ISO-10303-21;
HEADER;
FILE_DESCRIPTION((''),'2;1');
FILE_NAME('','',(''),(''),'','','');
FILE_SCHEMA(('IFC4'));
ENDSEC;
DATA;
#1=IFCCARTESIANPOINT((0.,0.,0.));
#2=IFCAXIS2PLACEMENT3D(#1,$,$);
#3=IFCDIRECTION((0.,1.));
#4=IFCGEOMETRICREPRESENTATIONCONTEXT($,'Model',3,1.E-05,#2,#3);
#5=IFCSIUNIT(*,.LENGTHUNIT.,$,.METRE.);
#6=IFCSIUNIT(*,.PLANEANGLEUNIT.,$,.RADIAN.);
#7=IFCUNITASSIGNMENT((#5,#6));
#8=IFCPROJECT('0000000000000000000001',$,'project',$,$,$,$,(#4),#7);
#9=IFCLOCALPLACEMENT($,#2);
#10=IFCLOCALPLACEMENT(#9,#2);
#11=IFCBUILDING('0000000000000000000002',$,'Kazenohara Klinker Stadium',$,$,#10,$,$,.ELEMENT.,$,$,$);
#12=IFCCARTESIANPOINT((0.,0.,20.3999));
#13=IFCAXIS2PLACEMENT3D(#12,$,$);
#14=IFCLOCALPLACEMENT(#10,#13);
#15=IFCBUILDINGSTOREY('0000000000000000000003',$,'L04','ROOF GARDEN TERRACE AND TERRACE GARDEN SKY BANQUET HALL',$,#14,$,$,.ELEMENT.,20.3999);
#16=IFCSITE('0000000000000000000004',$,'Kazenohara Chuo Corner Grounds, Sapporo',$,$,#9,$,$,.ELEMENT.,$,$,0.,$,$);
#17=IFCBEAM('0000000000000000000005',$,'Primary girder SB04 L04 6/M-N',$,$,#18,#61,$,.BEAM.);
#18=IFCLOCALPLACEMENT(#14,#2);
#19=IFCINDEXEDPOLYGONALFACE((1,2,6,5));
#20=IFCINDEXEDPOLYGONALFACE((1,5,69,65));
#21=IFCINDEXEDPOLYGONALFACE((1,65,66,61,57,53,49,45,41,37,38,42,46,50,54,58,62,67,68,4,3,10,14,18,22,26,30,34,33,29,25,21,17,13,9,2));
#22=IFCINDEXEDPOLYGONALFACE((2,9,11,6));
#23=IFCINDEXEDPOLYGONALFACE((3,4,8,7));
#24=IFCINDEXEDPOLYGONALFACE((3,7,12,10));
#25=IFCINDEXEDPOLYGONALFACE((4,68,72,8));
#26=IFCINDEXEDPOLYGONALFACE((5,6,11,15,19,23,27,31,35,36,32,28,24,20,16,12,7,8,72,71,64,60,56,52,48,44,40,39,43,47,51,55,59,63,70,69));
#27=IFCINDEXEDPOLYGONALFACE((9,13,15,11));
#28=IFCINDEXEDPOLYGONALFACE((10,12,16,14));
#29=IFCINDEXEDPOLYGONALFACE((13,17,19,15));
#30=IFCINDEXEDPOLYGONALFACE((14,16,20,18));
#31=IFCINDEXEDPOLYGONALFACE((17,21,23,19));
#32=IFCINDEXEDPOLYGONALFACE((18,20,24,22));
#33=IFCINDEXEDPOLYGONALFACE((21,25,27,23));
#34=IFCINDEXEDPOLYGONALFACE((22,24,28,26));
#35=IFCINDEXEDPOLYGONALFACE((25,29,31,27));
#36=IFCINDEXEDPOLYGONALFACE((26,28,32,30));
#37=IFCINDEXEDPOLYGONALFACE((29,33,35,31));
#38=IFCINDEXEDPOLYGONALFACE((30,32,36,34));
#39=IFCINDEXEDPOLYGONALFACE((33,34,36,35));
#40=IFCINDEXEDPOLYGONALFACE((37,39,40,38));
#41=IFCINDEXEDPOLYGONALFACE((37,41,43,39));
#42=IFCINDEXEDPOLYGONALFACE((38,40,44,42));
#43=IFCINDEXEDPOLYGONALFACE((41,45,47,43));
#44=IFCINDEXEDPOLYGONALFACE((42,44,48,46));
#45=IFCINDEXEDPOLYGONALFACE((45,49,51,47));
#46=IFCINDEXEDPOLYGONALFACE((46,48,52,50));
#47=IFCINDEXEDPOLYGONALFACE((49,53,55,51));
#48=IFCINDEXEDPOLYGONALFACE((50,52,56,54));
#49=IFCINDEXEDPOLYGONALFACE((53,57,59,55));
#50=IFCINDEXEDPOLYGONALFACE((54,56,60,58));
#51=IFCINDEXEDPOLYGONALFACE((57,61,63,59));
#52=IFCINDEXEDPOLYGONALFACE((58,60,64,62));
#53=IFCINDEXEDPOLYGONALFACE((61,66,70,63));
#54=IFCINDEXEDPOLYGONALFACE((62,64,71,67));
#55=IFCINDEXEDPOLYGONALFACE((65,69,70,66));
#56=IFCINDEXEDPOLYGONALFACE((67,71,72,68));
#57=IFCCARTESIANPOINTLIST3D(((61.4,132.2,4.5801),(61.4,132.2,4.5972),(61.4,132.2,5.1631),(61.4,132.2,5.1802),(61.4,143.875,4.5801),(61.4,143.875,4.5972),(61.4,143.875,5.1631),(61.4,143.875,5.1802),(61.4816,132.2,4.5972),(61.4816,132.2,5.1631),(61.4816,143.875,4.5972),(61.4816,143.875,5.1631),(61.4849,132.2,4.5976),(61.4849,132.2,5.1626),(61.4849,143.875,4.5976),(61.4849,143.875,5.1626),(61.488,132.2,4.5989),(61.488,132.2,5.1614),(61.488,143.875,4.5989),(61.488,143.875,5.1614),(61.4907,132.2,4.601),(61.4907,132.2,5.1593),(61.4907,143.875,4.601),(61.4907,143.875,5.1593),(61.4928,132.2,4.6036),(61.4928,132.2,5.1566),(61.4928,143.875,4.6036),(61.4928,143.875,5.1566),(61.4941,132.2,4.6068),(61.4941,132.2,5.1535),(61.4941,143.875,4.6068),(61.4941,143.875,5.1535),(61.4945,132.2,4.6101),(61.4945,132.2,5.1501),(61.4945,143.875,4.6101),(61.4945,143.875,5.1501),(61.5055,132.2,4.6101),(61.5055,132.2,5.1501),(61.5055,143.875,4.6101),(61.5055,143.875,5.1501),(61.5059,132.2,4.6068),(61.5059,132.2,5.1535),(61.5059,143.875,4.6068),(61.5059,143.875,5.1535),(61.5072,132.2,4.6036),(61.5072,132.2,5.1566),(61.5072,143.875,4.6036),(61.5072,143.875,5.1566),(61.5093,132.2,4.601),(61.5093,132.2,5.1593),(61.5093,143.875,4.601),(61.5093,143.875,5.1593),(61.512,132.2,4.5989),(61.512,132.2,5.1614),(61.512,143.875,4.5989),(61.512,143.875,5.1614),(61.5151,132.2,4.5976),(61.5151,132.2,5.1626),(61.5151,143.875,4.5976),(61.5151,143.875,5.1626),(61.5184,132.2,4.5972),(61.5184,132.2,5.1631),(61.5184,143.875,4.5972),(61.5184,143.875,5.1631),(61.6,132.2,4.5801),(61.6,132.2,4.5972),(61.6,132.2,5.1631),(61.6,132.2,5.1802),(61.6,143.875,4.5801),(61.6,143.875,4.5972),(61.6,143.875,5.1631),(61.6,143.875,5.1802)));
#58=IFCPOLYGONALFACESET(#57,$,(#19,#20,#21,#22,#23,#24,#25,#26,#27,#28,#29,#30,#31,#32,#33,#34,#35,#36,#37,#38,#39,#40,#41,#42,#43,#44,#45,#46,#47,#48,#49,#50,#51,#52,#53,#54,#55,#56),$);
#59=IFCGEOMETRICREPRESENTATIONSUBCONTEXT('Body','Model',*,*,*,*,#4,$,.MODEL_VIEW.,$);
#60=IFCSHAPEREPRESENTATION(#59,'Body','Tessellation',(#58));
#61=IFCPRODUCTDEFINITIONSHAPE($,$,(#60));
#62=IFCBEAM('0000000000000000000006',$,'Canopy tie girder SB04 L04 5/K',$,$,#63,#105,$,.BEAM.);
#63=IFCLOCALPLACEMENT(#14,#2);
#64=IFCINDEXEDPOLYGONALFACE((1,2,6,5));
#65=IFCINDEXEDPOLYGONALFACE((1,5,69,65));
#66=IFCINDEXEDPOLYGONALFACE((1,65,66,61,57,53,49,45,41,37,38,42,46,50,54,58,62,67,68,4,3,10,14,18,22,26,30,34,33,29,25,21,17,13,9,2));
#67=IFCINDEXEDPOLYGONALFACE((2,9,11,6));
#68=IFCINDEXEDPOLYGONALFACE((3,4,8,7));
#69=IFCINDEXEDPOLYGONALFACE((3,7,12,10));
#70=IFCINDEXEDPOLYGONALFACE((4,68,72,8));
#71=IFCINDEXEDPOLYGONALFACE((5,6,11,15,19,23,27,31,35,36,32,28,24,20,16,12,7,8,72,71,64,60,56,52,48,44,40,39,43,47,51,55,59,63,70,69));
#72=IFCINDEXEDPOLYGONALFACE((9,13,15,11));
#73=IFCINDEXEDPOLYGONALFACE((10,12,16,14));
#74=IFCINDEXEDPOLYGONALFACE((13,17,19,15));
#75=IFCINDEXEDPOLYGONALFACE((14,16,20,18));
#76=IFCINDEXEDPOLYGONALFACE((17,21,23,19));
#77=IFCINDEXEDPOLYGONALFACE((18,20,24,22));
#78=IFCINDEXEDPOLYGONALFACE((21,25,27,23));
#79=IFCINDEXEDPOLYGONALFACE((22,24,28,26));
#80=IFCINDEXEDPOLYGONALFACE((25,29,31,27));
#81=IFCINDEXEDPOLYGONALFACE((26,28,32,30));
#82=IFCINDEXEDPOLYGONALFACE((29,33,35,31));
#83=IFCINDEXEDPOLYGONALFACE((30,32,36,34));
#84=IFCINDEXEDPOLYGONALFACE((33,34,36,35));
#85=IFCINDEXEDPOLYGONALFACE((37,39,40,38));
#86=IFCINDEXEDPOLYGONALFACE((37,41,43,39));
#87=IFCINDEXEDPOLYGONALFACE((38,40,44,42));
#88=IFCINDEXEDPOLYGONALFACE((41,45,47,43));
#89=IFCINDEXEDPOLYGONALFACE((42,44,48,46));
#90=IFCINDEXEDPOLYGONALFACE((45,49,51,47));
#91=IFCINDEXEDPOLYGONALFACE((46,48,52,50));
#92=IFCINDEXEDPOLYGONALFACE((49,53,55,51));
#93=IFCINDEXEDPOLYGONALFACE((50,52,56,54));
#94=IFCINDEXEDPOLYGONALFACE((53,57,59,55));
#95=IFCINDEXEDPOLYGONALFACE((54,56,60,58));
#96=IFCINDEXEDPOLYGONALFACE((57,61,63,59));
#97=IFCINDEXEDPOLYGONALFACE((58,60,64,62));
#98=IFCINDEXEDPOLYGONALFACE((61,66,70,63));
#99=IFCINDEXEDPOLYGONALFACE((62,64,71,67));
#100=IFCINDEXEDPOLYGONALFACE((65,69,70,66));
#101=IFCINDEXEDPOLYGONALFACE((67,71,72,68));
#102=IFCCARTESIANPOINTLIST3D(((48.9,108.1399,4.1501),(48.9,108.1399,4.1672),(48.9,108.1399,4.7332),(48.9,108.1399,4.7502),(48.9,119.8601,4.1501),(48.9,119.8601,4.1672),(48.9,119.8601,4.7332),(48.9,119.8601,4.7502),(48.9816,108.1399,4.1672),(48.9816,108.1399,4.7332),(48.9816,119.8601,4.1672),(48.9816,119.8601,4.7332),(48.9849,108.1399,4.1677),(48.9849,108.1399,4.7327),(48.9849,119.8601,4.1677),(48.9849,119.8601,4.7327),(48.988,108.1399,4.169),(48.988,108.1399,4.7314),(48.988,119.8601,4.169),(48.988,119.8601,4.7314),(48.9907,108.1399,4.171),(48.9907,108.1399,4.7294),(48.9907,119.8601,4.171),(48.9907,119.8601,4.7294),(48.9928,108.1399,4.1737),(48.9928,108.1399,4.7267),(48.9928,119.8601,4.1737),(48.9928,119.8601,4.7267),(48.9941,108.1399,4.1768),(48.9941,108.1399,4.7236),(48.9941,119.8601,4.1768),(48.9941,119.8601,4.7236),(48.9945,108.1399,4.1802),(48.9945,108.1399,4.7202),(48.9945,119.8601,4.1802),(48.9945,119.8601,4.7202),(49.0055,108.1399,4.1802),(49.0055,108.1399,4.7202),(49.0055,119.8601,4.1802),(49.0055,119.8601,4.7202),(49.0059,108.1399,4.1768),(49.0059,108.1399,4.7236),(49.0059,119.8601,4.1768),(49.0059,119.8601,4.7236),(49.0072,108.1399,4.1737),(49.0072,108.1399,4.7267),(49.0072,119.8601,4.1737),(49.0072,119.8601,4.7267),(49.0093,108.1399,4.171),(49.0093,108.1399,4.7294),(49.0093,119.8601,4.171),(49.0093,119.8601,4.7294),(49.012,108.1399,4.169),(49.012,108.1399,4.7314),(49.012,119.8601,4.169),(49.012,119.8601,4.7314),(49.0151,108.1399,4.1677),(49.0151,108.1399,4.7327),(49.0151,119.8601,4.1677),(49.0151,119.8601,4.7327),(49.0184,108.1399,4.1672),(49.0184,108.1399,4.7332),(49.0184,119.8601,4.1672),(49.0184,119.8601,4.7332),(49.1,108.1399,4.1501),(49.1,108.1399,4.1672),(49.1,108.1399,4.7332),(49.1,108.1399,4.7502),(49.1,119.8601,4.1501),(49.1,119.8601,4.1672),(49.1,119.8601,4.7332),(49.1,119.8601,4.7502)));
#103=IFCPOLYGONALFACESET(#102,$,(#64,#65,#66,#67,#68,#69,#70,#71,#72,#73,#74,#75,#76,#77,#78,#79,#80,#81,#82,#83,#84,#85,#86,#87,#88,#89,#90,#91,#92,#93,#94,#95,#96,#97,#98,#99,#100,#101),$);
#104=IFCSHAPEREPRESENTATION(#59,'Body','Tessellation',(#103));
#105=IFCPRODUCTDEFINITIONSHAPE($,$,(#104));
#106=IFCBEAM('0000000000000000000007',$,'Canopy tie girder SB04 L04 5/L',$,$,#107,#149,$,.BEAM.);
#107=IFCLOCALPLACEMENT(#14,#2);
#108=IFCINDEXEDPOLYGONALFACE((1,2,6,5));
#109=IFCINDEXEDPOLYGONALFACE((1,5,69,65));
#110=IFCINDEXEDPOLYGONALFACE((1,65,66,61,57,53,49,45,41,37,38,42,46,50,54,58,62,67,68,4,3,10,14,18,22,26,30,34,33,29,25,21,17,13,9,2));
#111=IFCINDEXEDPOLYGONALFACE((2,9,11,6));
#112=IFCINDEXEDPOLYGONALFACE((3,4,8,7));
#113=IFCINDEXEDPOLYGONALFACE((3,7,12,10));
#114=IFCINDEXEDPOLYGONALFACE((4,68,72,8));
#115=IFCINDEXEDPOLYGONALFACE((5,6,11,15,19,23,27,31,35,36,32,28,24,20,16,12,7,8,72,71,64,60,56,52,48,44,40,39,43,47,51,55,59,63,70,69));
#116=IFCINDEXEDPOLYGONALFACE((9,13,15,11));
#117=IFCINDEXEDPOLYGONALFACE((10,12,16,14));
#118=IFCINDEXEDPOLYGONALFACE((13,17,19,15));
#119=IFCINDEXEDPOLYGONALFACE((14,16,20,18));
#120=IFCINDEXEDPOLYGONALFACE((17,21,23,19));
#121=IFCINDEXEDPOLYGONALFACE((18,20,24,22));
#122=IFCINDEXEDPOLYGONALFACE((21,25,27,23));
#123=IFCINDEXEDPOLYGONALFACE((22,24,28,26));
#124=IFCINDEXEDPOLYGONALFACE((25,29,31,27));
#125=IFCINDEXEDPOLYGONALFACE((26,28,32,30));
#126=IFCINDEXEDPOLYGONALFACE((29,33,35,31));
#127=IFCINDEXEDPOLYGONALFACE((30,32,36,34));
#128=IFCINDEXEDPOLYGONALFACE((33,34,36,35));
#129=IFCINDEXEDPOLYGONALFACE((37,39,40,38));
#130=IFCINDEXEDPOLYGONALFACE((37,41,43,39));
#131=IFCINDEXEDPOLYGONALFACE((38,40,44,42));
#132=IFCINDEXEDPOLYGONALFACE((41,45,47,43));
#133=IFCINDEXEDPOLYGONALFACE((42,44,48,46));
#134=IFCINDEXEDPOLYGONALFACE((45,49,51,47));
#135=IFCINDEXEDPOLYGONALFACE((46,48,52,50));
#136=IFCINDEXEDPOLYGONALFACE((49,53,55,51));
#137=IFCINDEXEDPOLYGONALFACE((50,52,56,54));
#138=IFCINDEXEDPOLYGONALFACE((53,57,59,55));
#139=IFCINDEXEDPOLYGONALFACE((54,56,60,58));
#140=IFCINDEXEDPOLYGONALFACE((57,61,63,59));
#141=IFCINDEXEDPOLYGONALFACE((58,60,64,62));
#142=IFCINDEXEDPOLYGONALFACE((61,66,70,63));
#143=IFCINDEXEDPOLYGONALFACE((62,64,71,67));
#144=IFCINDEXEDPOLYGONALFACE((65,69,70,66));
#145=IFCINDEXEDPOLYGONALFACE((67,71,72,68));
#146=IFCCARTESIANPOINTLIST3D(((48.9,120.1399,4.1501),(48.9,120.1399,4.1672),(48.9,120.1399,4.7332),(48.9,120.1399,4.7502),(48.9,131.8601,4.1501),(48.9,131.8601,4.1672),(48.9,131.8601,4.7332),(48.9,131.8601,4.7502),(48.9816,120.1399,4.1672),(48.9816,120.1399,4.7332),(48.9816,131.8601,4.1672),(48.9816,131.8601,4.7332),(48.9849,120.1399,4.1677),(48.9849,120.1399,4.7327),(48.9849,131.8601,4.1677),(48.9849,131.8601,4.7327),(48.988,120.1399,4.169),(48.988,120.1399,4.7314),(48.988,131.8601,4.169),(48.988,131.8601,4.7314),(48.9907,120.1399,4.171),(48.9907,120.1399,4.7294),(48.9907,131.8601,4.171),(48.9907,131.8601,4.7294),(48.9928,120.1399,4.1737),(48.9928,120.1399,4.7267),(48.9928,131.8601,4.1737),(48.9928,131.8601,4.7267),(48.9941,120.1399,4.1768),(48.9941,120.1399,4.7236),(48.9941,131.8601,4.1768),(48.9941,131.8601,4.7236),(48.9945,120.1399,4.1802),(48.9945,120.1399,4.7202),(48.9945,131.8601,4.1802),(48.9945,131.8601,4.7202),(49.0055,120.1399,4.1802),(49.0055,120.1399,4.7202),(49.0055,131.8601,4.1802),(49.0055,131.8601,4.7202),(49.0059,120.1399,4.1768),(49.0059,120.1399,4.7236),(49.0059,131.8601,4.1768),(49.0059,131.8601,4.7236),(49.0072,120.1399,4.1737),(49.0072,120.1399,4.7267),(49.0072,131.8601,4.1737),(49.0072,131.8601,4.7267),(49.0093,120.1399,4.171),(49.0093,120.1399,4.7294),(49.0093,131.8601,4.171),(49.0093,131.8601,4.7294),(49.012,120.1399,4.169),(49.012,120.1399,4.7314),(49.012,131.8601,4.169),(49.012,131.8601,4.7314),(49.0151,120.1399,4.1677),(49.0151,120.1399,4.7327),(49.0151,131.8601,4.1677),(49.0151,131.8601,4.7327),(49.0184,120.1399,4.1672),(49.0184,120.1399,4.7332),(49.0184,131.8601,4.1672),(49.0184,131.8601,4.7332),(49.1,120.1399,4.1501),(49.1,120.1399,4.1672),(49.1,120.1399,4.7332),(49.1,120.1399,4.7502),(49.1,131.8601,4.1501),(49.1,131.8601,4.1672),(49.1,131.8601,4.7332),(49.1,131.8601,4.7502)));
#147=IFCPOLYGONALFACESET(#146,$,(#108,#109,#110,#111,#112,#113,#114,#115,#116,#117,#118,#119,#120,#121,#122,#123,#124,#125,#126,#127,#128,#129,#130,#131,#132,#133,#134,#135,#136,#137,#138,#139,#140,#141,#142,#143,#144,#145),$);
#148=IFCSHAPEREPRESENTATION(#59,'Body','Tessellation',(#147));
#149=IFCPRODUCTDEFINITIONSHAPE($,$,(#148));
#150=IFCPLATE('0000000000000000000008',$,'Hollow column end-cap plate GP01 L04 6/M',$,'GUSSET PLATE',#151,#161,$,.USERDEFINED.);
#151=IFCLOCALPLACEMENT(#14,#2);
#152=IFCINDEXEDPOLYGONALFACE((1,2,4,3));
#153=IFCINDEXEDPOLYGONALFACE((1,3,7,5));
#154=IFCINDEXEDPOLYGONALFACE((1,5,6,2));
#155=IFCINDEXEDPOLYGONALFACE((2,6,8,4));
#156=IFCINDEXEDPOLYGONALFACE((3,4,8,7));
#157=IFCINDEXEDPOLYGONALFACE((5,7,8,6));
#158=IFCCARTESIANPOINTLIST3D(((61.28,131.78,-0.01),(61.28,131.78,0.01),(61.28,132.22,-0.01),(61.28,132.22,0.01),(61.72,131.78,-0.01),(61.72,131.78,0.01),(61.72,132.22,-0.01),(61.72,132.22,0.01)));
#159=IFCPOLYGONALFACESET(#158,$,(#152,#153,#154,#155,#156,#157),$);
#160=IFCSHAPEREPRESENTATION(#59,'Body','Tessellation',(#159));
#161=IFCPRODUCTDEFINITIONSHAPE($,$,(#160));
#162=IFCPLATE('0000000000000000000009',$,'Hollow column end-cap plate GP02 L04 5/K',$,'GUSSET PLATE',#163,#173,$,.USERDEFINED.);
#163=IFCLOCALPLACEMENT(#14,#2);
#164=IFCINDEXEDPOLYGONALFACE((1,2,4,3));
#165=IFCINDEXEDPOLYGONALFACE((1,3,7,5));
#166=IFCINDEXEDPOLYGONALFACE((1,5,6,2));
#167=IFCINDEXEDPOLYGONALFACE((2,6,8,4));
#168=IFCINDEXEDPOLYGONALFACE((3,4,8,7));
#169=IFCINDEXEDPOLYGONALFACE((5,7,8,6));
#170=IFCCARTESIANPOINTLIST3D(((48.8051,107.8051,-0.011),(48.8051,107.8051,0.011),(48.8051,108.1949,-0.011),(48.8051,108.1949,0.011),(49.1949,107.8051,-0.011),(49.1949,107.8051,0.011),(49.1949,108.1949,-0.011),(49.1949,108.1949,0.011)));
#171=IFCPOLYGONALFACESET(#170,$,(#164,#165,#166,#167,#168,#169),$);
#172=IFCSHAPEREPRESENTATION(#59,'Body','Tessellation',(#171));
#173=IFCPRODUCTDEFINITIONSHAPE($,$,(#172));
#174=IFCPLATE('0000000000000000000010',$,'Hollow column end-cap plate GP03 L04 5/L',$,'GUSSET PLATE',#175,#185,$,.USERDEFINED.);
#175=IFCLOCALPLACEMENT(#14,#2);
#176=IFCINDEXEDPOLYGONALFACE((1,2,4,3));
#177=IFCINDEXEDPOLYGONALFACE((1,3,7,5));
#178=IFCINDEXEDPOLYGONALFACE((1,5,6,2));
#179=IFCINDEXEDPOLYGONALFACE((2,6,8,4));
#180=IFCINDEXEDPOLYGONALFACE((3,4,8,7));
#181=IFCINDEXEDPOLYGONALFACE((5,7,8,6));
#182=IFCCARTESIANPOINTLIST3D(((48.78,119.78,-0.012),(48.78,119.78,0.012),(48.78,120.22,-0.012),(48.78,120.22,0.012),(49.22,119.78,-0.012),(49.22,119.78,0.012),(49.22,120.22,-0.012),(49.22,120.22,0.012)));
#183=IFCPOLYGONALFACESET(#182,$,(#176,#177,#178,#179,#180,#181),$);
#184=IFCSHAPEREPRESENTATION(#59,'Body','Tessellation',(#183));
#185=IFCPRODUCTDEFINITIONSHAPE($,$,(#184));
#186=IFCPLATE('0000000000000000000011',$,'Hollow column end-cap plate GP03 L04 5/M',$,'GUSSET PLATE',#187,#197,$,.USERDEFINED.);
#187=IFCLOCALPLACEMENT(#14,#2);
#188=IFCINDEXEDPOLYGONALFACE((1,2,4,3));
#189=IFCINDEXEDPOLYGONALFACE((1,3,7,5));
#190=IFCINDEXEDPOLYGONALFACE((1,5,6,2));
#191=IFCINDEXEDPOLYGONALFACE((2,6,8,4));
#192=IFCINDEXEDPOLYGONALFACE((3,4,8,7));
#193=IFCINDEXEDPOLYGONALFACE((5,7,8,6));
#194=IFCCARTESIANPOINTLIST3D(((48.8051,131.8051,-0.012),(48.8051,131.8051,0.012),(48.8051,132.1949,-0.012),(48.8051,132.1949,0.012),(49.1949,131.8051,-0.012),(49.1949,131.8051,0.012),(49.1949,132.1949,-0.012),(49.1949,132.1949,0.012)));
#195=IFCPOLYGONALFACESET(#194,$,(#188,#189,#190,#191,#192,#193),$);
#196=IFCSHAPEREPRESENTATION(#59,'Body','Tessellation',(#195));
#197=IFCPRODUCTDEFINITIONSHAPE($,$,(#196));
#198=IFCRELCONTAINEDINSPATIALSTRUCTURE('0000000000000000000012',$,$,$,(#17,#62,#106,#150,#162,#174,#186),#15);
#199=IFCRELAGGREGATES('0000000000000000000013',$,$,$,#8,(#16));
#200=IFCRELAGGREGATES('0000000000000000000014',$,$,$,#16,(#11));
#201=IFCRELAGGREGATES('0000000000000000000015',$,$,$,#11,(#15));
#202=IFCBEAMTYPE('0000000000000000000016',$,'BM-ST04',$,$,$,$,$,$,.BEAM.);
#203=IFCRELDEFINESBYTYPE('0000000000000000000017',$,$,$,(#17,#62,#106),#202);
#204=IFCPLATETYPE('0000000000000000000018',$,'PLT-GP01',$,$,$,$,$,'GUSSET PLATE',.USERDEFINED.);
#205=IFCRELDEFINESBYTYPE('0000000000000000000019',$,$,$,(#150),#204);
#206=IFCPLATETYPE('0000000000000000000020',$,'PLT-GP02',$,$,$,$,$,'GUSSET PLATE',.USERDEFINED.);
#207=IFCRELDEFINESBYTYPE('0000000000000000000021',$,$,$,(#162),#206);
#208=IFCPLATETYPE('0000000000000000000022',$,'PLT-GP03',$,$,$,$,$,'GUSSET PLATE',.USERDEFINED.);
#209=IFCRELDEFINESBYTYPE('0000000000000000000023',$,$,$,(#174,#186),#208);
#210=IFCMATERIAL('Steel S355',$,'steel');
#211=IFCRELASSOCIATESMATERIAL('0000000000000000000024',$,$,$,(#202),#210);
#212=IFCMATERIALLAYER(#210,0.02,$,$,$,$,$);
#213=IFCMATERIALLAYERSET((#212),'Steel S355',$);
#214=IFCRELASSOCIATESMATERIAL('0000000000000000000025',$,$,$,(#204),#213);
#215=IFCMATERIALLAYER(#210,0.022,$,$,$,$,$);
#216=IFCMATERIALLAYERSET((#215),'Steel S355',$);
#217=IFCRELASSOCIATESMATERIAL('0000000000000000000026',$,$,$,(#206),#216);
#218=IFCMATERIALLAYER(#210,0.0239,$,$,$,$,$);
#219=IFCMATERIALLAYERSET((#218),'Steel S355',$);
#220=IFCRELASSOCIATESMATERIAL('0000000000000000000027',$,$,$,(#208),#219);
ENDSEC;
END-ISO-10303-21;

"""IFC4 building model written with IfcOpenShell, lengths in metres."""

from ifc_helpers import new_model, si_unit, direction, frame, origin, origin_2d, place, context, subcontext, project, spatial, rectangle, i_section, extrude, material, layer, layer_set, material_profile, profile_set, type_object, element, save


model = new_model("IFC4")

# Units and contexts
model_context = context("Model", 3, precision=1e-05, world=origin(), true_north=direction((0.0, 1.0)))
body_context = subcontext(model_context, "Body", "Model", "MODEL_VIEW")
ifc_project = project(units=[si_unit("LENGTHUNIT", "METRE"), si_unit("PLANEANGLEUNIT", "RADIAN")], contexts=[model_context])

# Site, building, storey
site_placement = place(None, origin())
site = spatial("IfcSite", under=ifc_project, at=site_placement, Name="Kazenohara Chuo Corner Grounds, Sapporo", CompositionType="ELEMENT", RefElevation=0.0)
building_placement = place(site_placement, origin())
building = spatial("IfcBuilding", under=site, at=building_placement, Name="Kazenohara Klinker Stadium", CompositionType="ELEMENT")
storey_placement = place(building_placement, frame((0.0, 0.0, 20.3999)))
storey = spatial("IfcBuildingStorey", under=building, at=storey_placement, Name="L04", Description="ROOF GARDEN TERRACE AND TERRACE GARDEN SKY BANQUET HALL", CompositionType="ELEMENT", Elevation=20.3999)

# Shared definitions
ifc_material_1 = material(Name="Steel S355", Category="steel")

# Beams
ifc_material_profile_1 = material_profile(ifc_material_1, i_section(OverallWidth=0.2, OverallDepth=0.6001, WebThickness=0.011, FlangeThickness=0.0171, FilletRadius=0.0129, at=origin_2d()), Name="H-600x200x11x17")
ifc_profile_set_1 = profile_set([ifc_material_profile_1], Name="Steel S355")
beam_type_1 = type_object("IfcBeamType", Name="BM-ST04", PredefinedType="BEAM", material=ifc_profile_set_1)
beam_1_placement = place(storey_placement, frame((61.5, 132.2, 4.8801), z_axis=(0.0, 1.0, 0.0), x_axis=(-1.0, 0.0, 0.0)))
element("IfcBeam", 1, at=beam_1_placement, inside=storey, type_object=beam_type_1, Name="Primary girder SB04 L04 6/M-N", PredefinedType="BEAM", context=body_context, shape_type="SweptSolid", body=[
    extrude(i_section(OverallWidth=0.2, OverallDepth=0.6001, WebThickness=0.011, FlangeThickness=0.0171, FilletRadius=0.0129, at=origin_2d()), origin(), (0.0, 0.0, 1.0), 11.675),
])
for number, where, z_axis, x_axis, name in (
    (2, (49.0, 108.1399, 4.4502), (0.0, 1.0, 0.0), (-1.0, 0.0, 0.0), "Canopy tie girder SB04 L04 5/K"),
    (3, (49.0, 120.1399, 4.4502), (0.0, 1.0, 0.0), (-1.0, 0.0, 0.0), "Canopy tie girder SB04 L04 5/L"),
):
    element("IfcBeam", number, at=place(storey_placement, frame(where, z_axis=z_axis, x_axis=x_axis)), inside=storey, type_object=beam_type_1, Name=name, PredefinedType="BEAM", context=body_context, shape_type="SweptSolid", body=[
        extrude(i_section(OverallWidth=0.2, OverallDepth=0.6001, WebThickness=0.011, FlangeThickness=0.0171, FilletRadius=0.0129, at=origin_2d()), origin(), (0.0, 0.0, 1.0), 11.7202),
    ])

# Plates
ifc_layer_1 = layer(ifc_material_1, 0.02)
ifc_layer_set_1 = layer_set([ifc_layer_1], Name="Steel S355")
plate_type_1 = type_object("IfcPlateType", Name="PLT-GP01", ElementType="GUSSET PLATE", PredefinedType="USERDEFINED", material=ifc_layer_set_1)
plate_1_placement = place(storey_placement, frame((61.5, 132.0, -0.01), z_axis=(0.0, 0.0, 1.0), x_axis=(1.0, 0.0, 0.0)))
element("IfcPlate", 4, at=plate_1_placement, inside=storey, type_object=plate_type_1, Name="Hollow column end-cap plate GP01 L04 6/M", ObjectType="GUSSET PLATE", PredefinedType="USERDEFINED", context=body_context, shape_type="SweptSolid", body=[
    extrude(rectangle(XDim=0.4399, YDim=0.4399, at=origin_2d()), origin(), (0.0, 0.0, 1.0), 0.02),
])
ifc_layer_2 = layer(ifc_material_1, 0.022)
ifc_layer_set_2 = layer_set([ifc_layer_2], Name="Steel S355")
plate_type_2 = type_object("IfcPlateType", Name="PLT-GP02", ElementType="GUSSET PLATE", PredefinedType="USERDEFINED", material=ifc_layer_set_2)
plate_2_placement = place(storey_placement, frame((49.0, 108.0, -0.011), z_axis=(0.0, 0.0, 1.0), x_axis=(1.0, 0.0, 0.0)))
element("IfcPlate", 5, at=plate_2_placement, inside=storey, type_object=plate_type_2, Name="Hollow column end-cap plate GP02 L04 5/K", ObjectType="GUSSET PLATE", PredefinedType="USERDEFINED", context=body_context, shape_type="SweptSolid", body=[
    extrude(rectangle(XDim=0.3899, YDim=0.3899, at=origin_2d()), origin(), (0.0, 0.0, 1.0), 0.022),
])
ifc_layer_3 = layer(ifc_material_1, 0.0239)
ifc_layer_set_3 = layer_set([ifc_layer_3], Name="Steel S355")
plate_type_3 = type_object("IfcPlateType", Name="PLT-GP03", ElementType="GUSSET PLATE", PredefinedType="USERDEFINED", material=ifc_layer_set_3)
plate_3_placement = place(storey_placement, frame((49.0, 120.0, -0.012), z_axis=(0.0, 0.0, 1.0), x_axis=(1.0, 0.0, 0.0)))
element("IfcPlate", 6, at=plate_3_placement, inside=storey, type_object=plate_type_3, Name="Hollow column end-cap plate GP03 L04 5/L", ObjectType="GUSSET PLATE", PredefinedType="USERDEFINED", context=body_context, shape_type="SweptSolid", body=[
    extrude(rectangle(XDim=0.4399, YDim=0.4399, at=origin_2d()), origin(), (0.0, 0.0, 1.0), 0.0239),
])
plate_4_placement = place(storey_placement, frame((49.0, 132.0, -0.012), z_axis=(0.0, 0.0, 1.0), x_axis=(1.0, 0.0, 0.0)))
element("IfcPlate", 7, at=plate_4_placement, inside=storey, type_object=plate_type_3, Name="Hollow column end-cap plate GP03 L04 5/M", ObjectType="GUSSET PLATE", PredefinedType="USERDEFINED", context=body_context, shape_type="SweptSolid", body=[
    extrude(rectangle(XDim=0.3899, YDim=0.3899, at=origin_2d()), origin(), (0.0, 0.0, 1.0), 0.0239),
])

save(model, "model.ifc")
